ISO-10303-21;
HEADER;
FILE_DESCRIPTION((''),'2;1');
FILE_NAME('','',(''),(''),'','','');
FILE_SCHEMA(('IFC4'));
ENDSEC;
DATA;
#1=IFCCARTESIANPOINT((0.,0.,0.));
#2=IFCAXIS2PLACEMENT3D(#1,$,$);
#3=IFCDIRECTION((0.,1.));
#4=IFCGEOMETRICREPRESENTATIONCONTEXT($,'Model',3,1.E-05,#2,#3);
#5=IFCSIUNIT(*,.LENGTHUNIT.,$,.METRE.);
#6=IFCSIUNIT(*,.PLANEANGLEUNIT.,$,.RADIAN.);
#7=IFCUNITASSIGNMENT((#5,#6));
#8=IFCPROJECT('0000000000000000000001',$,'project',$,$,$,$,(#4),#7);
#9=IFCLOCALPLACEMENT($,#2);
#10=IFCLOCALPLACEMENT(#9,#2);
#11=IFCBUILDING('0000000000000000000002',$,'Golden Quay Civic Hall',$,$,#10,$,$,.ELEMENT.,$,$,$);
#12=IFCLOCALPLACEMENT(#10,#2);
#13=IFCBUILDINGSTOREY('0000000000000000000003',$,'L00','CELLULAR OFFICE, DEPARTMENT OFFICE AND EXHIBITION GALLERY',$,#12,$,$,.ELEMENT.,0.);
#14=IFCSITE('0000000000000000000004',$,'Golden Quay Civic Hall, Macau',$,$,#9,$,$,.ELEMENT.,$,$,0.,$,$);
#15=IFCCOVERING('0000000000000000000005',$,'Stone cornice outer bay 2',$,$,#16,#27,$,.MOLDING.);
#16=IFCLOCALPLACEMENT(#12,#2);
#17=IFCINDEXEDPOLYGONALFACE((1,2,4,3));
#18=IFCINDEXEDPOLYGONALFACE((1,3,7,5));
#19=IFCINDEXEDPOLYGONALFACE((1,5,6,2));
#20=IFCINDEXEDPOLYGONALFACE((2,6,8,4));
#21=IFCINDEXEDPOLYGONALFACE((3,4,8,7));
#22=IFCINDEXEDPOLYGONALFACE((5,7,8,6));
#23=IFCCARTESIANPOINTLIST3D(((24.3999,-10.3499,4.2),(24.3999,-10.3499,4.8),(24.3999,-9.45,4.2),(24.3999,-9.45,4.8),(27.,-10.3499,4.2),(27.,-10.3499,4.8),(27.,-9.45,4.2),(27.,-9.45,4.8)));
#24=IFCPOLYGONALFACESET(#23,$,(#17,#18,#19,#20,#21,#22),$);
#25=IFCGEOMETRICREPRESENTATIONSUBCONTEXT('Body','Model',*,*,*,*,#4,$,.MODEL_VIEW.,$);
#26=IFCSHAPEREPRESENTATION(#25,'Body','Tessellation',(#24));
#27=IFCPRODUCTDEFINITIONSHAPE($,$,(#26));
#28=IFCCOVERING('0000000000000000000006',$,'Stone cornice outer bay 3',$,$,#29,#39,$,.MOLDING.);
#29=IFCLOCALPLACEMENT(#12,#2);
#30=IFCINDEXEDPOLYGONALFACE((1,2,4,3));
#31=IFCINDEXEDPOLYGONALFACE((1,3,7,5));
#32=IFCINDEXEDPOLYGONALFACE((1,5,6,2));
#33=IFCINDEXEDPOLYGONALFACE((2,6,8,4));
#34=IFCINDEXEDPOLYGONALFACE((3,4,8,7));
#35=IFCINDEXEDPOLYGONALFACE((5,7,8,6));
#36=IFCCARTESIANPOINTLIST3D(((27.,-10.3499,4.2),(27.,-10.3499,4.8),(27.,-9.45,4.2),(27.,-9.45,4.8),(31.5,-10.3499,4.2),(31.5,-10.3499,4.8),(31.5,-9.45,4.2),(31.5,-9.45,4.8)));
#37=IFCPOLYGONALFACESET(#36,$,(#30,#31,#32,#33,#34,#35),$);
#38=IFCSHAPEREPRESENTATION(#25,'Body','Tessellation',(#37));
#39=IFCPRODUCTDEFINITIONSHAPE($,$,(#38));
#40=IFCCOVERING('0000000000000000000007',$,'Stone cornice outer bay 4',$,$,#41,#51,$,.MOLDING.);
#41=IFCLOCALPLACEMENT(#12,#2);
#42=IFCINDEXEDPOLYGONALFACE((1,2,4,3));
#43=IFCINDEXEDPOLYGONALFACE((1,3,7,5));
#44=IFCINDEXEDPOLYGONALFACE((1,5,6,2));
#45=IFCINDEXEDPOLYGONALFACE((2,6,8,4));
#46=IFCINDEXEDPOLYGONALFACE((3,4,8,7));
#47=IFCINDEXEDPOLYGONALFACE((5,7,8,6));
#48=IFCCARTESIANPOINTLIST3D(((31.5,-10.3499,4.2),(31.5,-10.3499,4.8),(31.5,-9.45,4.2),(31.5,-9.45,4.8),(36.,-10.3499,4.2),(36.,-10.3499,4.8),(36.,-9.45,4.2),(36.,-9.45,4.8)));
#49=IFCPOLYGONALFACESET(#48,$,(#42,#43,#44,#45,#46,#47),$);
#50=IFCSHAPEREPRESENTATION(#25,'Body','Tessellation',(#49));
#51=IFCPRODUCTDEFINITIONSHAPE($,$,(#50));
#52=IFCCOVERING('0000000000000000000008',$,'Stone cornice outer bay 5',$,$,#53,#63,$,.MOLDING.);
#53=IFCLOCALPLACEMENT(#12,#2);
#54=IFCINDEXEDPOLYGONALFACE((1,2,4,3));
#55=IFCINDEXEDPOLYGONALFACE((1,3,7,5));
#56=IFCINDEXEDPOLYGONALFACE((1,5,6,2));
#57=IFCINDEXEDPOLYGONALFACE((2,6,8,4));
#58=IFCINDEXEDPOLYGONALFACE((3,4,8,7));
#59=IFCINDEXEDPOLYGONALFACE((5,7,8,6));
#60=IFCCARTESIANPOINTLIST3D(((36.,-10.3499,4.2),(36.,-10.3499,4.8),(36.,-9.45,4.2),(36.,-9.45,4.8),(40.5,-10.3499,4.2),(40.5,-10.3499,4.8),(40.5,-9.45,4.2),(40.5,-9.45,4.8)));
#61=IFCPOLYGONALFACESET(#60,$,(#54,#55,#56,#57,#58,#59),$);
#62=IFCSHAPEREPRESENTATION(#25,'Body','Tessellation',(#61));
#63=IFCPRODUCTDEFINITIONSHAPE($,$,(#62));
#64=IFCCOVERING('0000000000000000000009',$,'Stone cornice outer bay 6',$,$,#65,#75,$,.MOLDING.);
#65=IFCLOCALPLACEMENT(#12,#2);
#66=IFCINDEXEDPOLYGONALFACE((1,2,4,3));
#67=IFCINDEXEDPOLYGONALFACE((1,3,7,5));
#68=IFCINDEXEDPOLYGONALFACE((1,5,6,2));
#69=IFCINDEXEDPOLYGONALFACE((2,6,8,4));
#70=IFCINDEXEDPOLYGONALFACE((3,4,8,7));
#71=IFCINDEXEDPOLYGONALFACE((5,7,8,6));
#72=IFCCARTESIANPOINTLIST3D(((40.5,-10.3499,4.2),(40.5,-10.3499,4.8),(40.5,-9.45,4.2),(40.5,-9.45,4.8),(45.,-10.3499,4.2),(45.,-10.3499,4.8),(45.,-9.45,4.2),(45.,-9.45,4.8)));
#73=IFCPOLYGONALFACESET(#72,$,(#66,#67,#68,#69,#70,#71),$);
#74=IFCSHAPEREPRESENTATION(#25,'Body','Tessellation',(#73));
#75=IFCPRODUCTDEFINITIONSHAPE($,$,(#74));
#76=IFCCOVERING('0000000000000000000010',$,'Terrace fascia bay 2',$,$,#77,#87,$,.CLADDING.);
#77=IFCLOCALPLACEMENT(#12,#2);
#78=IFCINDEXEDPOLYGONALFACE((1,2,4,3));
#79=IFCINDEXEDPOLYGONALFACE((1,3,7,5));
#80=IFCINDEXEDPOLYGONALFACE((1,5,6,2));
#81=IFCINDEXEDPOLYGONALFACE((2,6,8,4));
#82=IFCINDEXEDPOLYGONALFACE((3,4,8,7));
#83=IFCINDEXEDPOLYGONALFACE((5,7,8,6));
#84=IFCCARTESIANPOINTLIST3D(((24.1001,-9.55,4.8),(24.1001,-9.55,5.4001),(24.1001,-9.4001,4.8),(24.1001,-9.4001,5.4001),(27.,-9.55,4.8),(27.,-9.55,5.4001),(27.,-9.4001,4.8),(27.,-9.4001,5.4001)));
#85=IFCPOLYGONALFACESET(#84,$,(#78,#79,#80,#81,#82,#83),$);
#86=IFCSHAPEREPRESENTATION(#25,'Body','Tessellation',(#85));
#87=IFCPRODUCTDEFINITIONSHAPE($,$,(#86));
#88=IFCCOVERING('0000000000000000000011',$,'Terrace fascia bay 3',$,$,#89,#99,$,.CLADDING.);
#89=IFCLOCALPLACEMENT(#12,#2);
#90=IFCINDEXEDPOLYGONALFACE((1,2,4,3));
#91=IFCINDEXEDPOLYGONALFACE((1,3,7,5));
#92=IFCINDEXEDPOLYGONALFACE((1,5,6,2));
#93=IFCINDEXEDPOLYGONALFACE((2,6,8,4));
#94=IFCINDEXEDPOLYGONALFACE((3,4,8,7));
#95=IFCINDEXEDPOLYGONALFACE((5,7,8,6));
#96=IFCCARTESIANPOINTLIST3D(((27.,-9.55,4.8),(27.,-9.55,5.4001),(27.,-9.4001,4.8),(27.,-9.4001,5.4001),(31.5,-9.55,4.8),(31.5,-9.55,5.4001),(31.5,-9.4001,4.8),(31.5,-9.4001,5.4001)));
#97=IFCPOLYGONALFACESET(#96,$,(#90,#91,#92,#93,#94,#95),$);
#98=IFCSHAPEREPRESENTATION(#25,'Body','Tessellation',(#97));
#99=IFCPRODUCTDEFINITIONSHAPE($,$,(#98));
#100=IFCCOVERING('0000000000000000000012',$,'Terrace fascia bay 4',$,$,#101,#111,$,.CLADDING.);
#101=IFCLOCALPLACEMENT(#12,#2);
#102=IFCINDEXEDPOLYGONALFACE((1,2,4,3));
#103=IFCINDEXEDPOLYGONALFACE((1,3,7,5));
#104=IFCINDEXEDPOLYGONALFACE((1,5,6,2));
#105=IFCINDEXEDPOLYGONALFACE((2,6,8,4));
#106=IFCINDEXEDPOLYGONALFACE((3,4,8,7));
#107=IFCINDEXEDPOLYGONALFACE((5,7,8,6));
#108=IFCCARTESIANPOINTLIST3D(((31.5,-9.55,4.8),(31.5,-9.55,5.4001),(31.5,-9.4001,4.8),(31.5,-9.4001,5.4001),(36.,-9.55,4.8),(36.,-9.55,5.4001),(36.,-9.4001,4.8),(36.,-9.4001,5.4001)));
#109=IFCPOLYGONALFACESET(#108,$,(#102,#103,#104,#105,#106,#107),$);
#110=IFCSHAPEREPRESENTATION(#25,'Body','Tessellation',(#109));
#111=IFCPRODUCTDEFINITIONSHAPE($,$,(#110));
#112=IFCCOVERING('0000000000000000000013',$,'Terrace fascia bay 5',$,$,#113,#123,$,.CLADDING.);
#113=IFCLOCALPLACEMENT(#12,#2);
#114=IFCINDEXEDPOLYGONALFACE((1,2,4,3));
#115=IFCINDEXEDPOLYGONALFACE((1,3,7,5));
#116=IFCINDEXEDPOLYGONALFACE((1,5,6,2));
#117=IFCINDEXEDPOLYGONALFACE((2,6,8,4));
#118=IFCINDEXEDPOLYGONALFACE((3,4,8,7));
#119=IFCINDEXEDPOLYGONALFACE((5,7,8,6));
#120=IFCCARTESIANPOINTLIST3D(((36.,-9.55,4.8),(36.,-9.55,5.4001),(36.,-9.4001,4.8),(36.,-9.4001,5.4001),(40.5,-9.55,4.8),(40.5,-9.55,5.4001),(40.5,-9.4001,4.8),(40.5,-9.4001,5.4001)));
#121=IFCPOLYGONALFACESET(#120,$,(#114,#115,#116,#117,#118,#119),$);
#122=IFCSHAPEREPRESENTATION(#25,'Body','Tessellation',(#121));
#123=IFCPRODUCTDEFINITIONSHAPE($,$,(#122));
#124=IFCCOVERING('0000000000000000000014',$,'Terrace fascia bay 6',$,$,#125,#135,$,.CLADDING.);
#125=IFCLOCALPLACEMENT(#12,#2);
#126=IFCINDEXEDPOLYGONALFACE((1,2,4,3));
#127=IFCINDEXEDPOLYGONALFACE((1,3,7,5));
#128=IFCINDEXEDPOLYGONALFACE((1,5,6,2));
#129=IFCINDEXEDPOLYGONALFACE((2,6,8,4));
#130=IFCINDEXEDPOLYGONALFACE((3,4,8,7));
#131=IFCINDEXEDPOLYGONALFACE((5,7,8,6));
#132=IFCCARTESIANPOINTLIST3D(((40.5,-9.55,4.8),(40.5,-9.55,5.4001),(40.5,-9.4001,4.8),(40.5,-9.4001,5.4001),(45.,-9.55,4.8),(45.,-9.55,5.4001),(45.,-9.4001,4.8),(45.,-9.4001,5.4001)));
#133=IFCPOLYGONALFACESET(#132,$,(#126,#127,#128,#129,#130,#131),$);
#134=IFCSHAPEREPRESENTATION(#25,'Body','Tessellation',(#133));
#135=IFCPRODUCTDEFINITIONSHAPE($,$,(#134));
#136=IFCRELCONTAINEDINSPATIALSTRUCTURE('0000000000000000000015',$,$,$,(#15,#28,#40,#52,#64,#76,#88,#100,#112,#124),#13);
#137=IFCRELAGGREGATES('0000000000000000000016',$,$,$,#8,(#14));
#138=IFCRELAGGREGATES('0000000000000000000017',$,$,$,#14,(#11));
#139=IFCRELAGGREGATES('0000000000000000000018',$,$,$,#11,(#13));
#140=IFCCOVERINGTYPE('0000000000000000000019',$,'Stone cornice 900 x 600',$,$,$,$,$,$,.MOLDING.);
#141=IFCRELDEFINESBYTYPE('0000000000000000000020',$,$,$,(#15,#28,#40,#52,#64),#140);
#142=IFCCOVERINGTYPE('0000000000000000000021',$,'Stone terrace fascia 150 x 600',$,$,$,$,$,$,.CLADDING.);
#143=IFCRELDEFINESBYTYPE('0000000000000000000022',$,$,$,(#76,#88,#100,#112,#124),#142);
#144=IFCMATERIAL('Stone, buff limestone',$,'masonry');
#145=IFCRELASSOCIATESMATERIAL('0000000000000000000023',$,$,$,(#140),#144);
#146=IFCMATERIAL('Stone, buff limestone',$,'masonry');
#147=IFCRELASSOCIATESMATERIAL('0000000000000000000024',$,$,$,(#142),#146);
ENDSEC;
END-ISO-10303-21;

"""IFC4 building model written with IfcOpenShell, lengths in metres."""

from ifc_helpers import new_model, si_unit, direction, frame, origin, origin_2d, place, context, subcontext, project, spatial, rectangle, extrude, material, material_profile, profile_set, type_object, element, save


model = new_model("IFC4")

# Units and contexts
model_context = context("Model", 3, precision=1e-05, world=origin(), true_north=direction((0.0, 1.0)))
body_context = subcontext(model_context, "Body", "Model", "MODEL_VIEW")
ifc_project = project(units=[si_unit("LENGTHUNIT", "METRE"), si_unit("PLANEANGLEUNIT", "RADIAN")], contexts=[model_context])

# Site, building, storey
site_placement = place(None, origin())
site = spatial("IfcSite", under=ifc_project, at=site_placement, Name="Golden Quay Civic Hall, Macau", CompositionType="ELEMENT", RefElevation=0.0)
building_placement = place(site_placement, origin())
building = spatial("IfcBuilding", under=site, at=building_placement, Name="Golden Quay Civic Hall", CompositionType="ELEMENT")
storey_placement = place(building_placement, origin())
storey = spatial("IfcBuildingStorey", under=building, at=storey_placement, Name="L00", Description="CELLULAR OFFICE, DEPARTMENT OFFICE AND EXHIBITION GALLERY", CompositionType="ELEMENT", Elevation=0.0)

# Coverings
ifc_material_1 = material(Name="Stone, buff limestone", Category="masonry")
ifc_material_profile_1 = material_profile(ifc_material_1, rectangle(XDim=0.8999, YDim=0.6001, at=origin_2d()), Name="RC 900x600")
ifc_profile_set_1 = profile_set([ifc_material_profile_1], Name="Stone, buff limestone")
covering_type_1 = type_object("IfcCoveringType", Name="Stone cornice 900 x 600", PredefinedType="MOLDING", material=ifc_profile_set_1)
covering_1_placement = place(storey_placement, frame((24.3999, -9.8999, 4.5), z_axis=(1.0, 0.0, 0.0), x_axis=(0.0, 1.0, 0.0)))
element("IfcCovering", 1, at=covering_1_placement, inside=storey, type_object=covering_type_1, Name="Stone cornice outer bay 2", PredefinedType="MOLDING", context=body_context, shape_type="SweptSolid", body=[
    extrude(rectangle(XDim=0.8999, YDim=0.6001, at=origin_2d()), origin(), (0.0, 0.0, 1.0), 2.6001),
])
for number, where, z_axis, x_axis, name in (
    (2, (27.0, -9.8999, 4.5), (1.0, 0.0, 0.0), (0.0, 1.0, 0.0), "Stone cornice outer bay 3"),
    (3, (31.5, -9.8999, 4.5), (1.0, 0.0, 0.0), (0.0, 1.0, 0.0), "Stone cornice outer bay 4"),
    (4, (36.0, -9.8999, 4.5), (1.0, 0.0, 0.0), (0.0, 1.0, 0.0), "Stone cornice outer bay 5"),
    (5, (40.5, -9.8999, 4.5), (1.0, 0.0, 0.0), (0.0, 1.0, 0.0), "Stone cornice outer bay 6"),
):
    element("IfcCovering", number, at=place(storey_placement, frame(where, z_axis=z_axis, x_axis=x_axis)), inside=storey, type_object=covering_type_1, Name=name, PredefinedType="MOLDING", context=body_context, shape_type="SweptSolid", body=[
        extrude(rectangle(XDim=0.8999, YDim=0.6001, at=origin_2d()), origin(), (0.0, 0.0, 1.0), 4.5),
    ])
ifc_material_2 = material(Name="Stone, buff limestone", Category="masonry")
ifc_material_profile_2 = material_profile(ifc_material_2, rectangle(XDim=0.1499, YDim=0.6001, at=origin_2d()), Name="RC 150x600")
ifc_profile_set_2 = profile_set([ifc_material_profile_2], Name="Stone, buff limestone")
covering_type_2 = type_object("IfcCoveringType", Name="Stone terrace fascia 150 x 600", PredefinedType="CLADDING", material=ifc_profile_set_2)
covering_2_placement = place(storey_placement, frame((24.1001, -9.4751, 5.1001), z_axis=(1.0, 0.0, 0.0), x_axis=(0.0, 1.0, 0.0)))
element("IfcCovering", 6, at=covering_2_placement, inside=storey, type_object=covering_type_2, Name="Terrace fascia bay 2", PredefinedType="CLADDING", context=body_context, shape_type="SweptSolid", body=[
    extrude(rectangle(XDim=0.1499, YDim=0.6001, at=origin_2d()), origin(), (0.0, 0.0, 1.0), 2.8999),
])
for number, where, z_axis, x_axis, name in (
    (7, (27.0, -9.4751, 5.1001), (1.0, 0.0, 0.0), (0.0, 1.0, 0.0), "Terrace fascia bay 3"),
    (8, (31.5, -9.4751, 5.1001), (1.0, 0.0, 0.0), (0.0, 1.0, 0.0), "Terrace fascia bay 4"),
    (9, (36.0, -9.4751, 5.1001), (1.0, 0.0, 0.0), (0.0, 1.0, 0.0), "Terrace fascia bay 5"),
    (10, (40.5, -9.4751, 5.1001), (1.0, 0.0, 0.0), (0.0, 1.0, 0.0), "Terrace fascia bay 6"),
):
    element("IfcCovering", number, at=place(storey_placement, frame(where, z_axis=z_axis, x_axis=x_axis)), inside=storey, type_object=covering_type_2, Name=name, PredefinedType="CLADDING", context=body_context, shape_type="SweptSolid", body=[
        extrude(rectangle(XDim=0.1499, YDim=0.6001, at=origin_2d()), origin(), (0.0, 0.0, 1.0), 4.5),
    ])

save(model, "model.ifc")
